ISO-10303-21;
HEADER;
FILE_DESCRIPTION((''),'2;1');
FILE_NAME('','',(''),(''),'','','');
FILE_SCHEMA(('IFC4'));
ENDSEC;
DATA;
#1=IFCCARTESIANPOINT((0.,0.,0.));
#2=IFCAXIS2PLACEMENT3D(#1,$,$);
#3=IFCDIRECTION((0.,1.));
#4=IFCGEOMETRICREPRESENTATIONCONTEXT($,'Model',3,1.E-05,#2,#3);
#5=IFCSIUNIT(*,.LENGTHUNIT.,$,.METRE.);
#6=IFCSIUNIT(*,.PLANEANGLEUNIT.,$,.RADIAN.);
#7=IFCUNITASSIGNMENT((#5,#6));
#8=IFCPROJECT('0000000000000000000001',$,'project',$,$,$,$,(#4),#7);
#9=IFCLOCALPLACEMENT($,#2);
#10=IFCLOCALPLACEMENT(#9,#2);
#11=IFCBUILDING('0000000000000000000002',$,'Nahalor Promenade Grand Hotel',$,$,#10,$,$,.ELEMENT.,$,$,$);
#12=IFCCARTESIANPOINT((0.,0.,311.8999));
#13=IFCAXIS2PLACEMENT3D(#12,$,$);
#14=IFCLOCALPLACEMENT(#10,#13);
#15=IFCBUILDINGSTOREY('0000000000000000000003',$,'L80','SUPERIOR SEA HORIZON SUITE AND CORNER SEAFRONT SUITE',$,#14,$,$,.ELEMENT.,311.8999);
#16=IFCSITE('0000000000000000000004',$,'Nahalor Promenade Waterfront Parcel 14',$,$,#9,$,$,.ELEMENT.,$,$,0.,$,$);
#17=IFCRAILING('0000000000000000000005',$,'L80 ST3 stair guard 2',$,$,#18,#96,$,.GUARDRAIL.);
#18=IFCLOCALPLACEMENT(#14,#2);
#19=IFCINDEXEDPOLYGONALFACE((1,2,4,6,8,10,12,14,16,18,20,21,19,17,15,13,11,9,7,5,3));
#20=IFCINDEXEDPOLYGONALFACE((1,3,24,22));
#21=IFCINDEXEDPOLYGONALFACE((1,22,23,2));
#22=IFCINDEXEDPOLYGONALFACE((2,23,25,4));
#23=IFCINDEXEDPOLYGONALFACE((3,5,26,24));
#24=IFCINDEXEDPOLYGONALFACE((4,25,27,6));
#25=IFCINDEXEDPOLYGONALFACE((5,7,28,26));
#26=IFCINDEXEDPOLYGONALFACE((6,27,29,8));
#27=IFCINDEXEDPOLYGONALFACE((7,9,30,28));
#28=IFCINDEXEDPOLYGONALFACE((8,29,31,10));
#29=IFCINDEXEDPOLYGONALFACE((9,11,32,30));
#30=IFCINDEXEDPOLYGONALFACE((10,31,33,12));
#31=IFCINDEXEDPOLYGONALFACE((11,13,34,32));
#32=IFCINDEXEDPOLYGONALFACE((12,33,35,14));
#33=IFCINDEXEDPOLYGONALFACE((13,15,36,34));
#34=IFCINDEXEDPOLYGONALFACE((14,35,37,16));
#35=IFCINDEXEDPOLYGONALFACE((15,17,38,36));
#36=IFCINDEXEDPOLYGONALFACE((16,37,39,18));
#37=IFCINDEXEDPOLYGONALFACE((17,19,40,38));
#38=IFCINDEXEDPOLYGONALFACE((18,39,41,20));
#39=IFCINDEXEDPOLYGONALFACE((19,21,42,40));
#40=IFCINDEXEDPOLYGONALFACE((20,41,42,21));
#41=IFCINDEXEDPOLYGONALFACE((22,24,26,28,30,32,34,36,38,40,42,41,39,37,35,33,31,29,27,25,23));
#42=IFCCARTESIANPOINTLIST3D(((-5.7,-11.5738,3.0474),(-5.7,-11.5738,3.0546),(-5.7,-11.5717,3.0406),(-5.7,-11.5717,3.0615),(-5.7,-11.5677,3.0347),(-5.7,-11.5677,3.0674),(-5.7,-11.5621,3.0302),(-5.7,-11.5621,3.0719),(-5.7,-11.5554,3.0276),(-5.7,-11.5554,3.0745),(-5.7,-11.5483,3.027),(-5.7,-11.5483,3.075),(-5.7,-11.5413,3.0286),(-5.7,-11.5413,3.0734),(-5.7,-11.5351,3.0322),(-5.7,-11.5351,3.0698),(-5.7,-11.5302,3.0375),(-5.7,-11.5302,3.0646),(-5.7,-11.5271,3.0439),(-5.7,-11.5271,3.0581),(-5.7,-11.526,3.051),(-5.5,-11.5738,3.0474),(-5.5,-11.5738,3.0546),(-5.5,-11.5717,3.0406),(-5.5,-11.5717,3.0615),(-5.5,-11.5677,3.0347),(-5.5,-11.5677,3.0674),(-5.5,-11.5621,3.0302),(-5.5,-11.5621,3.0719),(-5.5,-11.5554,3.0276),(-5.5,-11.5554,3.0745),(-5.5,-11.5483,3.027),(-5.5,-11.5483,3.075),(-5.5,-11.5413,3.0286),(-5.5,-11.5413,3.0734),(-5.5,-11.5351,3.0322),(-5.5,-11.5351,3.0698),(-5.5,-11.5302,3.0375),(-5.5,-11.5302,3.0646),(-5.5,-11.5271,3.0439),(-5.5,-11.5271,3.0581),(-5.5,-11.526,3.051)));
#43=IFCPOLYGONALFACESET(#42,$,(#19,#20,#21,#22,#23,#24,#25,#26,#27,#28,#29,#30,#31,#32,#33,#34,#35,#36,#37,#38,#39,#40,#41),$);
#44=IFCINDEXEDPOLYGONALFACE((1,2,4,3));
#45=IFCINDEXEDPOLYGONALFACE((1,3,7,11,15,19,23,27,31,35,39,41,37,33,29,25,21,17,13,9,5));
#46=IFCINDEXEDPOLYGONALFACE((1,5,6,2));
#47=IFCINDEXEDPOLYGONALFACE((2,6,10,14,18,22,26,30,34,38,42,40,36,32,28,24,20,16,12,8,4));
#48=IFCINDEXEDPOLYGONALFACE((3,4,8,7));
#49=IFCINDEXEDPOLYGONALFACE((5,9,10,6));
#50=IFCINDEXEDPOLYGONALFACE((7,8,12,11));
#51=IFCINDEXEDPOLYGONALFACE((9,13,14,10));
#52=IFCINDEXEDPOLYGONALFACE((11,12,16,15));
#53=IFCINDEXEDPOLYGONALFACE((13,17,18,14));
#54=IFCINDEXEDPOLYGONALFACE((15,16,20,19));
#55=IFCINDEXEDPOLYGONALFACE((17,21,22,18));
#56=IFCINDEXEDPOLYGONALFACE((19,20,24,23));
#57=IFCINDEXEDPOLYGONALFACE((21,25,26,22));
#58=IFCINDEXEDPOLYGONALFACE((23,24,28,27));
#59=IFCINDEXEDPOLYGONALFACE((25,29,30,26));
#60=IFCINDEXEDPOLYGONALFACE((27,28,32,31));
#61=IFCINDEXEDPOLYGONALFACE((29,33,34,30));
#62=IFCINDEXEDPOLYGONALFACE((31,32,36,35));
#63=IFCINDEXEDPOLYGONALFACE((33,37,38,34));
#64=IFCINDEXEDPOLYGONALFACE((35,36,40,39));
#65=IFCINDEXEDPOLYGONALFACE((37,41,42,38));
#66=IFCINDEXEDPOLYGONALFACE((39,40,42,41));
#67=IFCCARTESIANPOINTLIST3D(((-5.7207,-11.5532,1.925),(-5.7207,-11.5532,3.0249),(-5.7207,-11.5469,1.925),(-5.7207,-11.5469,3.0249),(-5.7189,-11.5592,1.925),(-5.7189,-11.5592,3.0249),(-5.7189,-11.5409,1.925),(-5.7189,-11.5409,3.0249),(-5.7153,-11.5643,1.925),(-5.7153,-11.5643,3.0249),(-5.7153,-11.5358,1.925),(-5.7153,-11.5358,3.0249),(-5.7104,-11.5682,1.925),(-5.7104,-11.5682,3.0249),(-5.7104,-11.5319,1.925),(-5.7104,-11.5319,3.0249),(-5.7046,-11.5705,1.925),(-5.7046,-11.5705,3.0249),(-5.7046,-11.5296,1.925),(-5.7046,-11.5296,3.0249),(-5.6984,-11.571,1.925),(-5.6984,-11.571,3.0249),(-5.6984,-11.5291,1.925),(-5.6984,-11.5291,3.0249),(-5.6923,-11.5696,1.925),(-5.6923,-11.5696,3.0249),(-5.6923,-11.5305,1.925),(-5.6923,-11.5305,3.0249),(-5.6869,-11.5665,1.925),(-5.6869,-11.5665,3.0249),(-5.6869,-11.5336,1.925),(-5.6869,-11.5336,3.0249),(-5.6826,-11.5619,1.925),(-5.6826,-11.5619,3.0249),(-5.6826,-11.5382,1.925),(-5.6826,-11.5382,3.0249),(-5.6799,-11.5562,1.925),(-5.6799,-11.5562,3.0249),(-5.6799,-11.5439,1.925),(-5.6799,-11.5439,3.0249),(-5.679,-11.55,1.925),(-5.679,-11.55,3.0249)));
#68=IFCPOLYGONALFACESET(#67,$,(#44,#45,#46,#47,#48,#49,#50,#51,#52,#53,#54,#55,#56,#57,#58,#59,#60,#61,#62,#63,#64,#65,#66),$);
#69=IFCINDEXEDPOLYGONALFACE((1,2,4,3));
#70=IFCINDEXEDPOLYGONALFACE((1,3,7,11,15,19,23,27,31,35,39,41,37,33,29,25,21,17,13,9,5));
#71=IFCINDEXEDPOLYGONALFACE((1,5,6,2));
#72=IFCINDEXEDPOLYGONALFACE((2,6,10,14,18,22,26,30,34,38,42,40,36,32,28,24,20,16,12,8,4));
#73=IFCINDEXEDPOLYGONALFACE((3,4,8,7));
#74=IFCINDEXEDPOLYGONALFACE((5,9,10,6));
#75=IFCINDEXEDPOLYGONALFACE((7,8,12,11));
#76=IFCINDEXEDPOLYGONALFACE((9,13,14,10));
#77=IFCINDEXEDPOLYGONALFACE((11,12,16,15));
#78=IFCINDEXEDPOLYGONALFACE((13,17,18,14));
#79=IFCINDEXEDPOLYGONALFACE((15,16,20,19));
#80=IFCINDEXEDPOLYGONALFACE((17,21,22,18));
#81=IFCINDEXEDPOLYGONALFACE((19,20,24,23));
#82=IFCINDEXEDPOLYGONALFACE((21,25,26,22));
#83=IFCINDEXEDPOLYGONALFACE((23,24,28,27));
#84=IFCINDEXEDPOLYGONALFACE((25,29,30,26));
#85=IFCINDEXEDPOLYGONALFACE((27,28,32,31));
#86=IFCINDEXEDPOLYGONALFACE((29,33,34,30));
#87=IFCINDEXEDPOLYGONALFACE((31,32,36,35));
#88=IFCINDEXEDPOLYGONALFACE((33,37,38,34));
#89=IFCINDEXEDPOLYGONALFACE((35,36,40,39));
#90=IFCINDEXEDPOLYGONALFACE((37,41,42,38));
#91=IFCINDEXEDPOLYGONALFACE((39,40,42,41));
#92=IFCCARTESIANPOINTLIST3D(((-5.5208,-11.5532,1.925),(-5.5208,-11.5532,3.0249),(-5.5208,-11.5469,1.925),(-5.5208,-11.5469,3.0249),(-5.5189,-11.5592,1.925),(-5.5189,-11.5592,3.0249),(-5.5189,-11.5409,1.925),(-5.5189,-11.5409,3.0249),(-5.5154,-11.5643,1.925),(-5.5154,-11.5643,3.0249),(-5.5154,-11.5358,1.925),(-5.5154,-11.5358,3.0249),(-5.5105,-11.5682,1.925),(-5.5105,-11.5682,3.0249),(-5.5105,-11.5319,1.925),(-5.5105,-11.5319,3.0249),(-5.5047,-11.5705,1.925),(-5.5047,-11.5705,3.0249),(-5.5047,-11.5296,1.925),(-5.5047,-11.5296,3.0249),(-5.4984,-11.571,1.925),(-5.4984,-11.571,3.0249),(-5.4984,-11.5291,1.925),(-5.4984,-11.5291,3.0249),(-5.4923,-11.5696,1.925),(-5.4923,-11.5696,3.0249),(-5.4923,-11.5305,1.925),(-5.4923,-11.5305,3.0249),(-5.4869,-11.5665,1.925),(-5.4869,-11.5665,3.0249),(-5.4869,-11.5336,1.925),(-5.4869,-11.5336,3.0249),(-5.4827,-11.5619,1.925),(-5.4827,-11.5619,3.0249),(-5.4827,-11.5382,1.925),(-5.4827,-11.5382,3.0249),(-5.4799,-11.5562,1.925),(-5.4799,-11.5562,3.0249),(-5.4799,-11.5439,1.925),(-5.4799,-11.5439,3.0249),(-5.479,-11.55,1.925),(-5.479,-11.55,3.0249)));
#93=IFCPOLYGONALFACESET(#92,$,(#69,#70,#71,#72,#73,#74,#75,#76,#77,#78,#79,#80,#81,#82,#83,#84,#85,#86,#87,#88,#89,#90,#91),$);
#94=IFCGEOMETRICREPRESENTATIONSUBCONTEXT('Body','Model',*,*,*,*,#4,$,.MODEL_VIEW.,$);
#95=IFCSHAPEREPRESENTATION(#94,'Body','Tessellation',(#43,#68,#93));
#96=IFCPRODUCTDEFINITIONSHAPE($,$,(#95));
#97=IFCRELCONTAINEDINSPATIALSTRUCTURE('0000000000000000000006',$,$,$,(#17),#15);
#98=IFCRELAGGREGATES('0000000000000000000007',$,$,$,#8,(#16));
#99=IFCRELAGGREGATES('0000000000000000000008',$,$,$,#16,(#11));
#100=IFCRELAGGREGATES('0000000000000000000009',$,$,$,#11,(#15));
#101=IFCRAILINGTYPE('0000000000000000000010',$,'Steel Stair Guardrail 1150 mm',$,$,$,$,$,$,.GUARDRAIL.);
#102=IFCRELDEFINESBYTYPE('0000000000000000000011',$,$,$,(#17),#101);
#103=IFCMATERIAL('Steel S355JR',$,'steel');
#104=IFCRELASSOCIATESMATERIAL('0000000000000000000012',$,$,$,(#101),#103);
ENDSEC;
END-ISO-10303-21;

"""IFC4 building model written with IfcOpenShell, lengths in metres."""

from ifc_helpers import new_model, si_unit, direction, frame, origin, origin_2d, place, context, subcontext, project, spatial, circle, extrude, material, type_object, element, save


model = new_model("IFC4")

# Units and contexts
model_context = context("Model", 3, precision=1e-05, world=origin(), true_north=direction((0.0, 1.0)))
body_context = subcontext(model_context, "Body", "Model", "MODEL_VIEW")
ifc_project = project(units=[si_unit("LENGTHUNIT", "METRE"), si_unit("PLANEANGLEUNIT", "RADIAN")], contexts=[model_context])

# Site, building, storey
site_placement = place(None, origin())
site = spatial("IfcSite", under=ifc_project, at=site_placement, Name="Nahalor Promenade Waterfront Parcel 14", CompositionType="ELEMENT", RefElevation=0.0)
building_placement = place(site_placement, origin())
building = spatial("IfcBuilding", under=site, at=building_placement, Name="Nahalor Promenade Grand Hotel", CompositionType="ELEMENT")
storey_placement = place(building_placement, frame((0.0, 0.0, 311.8999)))
storey = spatial("IfcBuildingStorey", under=building, at=storey_placement, Name="L80", Description="SUPERIOR SEA HORIZON SUITE AND CORNER SEAFRONT SUITE", CompositionType="ELEMENT", Elevation=311.8999)

# Shared definitions
ifc_material_1 = material(Name="Steel S355JR", Category="steel")

# Railing
railing_type_1 = type_object("IfcRailingType", Name="Steel Stair Guardrail 1150 mm", PredefinedType="GUARDRAIL", material=ifc_material_1)
railing_1_placement = place(storey_placement, frame((-5.7, -11.55, 1.925)))
element("IfcRailing", 1, at=railing_1_placement, inside=storey, type_object=railing_type_1, Name="L80 ST3 stair guard 2", PredefinedType="GUARDRAIL", context=body_context, shape_type="SweptSolid", body=[
    extrude(circle(Radius=0.024, at=origin_2d()), frame((0.0, 0.0, 1.126), z_axis=(1.0, 0.0, 0.0), x_axis=(0.0, 1.0, 0.0)), (0.0, 0.0, 1.0), 0.2),
    extrude(circle(Radius=0.021, at=origin_2d()), origin(), (0.0, 0.0, 1.0), 1.0999),
    extrude(circle(Radius=0.021, at=origin_2d()), frame((0.2, 0.0, 0.0)), (0.0, 0.0, 1.0), 1.0999),
])

save(model, "model.ifc")
